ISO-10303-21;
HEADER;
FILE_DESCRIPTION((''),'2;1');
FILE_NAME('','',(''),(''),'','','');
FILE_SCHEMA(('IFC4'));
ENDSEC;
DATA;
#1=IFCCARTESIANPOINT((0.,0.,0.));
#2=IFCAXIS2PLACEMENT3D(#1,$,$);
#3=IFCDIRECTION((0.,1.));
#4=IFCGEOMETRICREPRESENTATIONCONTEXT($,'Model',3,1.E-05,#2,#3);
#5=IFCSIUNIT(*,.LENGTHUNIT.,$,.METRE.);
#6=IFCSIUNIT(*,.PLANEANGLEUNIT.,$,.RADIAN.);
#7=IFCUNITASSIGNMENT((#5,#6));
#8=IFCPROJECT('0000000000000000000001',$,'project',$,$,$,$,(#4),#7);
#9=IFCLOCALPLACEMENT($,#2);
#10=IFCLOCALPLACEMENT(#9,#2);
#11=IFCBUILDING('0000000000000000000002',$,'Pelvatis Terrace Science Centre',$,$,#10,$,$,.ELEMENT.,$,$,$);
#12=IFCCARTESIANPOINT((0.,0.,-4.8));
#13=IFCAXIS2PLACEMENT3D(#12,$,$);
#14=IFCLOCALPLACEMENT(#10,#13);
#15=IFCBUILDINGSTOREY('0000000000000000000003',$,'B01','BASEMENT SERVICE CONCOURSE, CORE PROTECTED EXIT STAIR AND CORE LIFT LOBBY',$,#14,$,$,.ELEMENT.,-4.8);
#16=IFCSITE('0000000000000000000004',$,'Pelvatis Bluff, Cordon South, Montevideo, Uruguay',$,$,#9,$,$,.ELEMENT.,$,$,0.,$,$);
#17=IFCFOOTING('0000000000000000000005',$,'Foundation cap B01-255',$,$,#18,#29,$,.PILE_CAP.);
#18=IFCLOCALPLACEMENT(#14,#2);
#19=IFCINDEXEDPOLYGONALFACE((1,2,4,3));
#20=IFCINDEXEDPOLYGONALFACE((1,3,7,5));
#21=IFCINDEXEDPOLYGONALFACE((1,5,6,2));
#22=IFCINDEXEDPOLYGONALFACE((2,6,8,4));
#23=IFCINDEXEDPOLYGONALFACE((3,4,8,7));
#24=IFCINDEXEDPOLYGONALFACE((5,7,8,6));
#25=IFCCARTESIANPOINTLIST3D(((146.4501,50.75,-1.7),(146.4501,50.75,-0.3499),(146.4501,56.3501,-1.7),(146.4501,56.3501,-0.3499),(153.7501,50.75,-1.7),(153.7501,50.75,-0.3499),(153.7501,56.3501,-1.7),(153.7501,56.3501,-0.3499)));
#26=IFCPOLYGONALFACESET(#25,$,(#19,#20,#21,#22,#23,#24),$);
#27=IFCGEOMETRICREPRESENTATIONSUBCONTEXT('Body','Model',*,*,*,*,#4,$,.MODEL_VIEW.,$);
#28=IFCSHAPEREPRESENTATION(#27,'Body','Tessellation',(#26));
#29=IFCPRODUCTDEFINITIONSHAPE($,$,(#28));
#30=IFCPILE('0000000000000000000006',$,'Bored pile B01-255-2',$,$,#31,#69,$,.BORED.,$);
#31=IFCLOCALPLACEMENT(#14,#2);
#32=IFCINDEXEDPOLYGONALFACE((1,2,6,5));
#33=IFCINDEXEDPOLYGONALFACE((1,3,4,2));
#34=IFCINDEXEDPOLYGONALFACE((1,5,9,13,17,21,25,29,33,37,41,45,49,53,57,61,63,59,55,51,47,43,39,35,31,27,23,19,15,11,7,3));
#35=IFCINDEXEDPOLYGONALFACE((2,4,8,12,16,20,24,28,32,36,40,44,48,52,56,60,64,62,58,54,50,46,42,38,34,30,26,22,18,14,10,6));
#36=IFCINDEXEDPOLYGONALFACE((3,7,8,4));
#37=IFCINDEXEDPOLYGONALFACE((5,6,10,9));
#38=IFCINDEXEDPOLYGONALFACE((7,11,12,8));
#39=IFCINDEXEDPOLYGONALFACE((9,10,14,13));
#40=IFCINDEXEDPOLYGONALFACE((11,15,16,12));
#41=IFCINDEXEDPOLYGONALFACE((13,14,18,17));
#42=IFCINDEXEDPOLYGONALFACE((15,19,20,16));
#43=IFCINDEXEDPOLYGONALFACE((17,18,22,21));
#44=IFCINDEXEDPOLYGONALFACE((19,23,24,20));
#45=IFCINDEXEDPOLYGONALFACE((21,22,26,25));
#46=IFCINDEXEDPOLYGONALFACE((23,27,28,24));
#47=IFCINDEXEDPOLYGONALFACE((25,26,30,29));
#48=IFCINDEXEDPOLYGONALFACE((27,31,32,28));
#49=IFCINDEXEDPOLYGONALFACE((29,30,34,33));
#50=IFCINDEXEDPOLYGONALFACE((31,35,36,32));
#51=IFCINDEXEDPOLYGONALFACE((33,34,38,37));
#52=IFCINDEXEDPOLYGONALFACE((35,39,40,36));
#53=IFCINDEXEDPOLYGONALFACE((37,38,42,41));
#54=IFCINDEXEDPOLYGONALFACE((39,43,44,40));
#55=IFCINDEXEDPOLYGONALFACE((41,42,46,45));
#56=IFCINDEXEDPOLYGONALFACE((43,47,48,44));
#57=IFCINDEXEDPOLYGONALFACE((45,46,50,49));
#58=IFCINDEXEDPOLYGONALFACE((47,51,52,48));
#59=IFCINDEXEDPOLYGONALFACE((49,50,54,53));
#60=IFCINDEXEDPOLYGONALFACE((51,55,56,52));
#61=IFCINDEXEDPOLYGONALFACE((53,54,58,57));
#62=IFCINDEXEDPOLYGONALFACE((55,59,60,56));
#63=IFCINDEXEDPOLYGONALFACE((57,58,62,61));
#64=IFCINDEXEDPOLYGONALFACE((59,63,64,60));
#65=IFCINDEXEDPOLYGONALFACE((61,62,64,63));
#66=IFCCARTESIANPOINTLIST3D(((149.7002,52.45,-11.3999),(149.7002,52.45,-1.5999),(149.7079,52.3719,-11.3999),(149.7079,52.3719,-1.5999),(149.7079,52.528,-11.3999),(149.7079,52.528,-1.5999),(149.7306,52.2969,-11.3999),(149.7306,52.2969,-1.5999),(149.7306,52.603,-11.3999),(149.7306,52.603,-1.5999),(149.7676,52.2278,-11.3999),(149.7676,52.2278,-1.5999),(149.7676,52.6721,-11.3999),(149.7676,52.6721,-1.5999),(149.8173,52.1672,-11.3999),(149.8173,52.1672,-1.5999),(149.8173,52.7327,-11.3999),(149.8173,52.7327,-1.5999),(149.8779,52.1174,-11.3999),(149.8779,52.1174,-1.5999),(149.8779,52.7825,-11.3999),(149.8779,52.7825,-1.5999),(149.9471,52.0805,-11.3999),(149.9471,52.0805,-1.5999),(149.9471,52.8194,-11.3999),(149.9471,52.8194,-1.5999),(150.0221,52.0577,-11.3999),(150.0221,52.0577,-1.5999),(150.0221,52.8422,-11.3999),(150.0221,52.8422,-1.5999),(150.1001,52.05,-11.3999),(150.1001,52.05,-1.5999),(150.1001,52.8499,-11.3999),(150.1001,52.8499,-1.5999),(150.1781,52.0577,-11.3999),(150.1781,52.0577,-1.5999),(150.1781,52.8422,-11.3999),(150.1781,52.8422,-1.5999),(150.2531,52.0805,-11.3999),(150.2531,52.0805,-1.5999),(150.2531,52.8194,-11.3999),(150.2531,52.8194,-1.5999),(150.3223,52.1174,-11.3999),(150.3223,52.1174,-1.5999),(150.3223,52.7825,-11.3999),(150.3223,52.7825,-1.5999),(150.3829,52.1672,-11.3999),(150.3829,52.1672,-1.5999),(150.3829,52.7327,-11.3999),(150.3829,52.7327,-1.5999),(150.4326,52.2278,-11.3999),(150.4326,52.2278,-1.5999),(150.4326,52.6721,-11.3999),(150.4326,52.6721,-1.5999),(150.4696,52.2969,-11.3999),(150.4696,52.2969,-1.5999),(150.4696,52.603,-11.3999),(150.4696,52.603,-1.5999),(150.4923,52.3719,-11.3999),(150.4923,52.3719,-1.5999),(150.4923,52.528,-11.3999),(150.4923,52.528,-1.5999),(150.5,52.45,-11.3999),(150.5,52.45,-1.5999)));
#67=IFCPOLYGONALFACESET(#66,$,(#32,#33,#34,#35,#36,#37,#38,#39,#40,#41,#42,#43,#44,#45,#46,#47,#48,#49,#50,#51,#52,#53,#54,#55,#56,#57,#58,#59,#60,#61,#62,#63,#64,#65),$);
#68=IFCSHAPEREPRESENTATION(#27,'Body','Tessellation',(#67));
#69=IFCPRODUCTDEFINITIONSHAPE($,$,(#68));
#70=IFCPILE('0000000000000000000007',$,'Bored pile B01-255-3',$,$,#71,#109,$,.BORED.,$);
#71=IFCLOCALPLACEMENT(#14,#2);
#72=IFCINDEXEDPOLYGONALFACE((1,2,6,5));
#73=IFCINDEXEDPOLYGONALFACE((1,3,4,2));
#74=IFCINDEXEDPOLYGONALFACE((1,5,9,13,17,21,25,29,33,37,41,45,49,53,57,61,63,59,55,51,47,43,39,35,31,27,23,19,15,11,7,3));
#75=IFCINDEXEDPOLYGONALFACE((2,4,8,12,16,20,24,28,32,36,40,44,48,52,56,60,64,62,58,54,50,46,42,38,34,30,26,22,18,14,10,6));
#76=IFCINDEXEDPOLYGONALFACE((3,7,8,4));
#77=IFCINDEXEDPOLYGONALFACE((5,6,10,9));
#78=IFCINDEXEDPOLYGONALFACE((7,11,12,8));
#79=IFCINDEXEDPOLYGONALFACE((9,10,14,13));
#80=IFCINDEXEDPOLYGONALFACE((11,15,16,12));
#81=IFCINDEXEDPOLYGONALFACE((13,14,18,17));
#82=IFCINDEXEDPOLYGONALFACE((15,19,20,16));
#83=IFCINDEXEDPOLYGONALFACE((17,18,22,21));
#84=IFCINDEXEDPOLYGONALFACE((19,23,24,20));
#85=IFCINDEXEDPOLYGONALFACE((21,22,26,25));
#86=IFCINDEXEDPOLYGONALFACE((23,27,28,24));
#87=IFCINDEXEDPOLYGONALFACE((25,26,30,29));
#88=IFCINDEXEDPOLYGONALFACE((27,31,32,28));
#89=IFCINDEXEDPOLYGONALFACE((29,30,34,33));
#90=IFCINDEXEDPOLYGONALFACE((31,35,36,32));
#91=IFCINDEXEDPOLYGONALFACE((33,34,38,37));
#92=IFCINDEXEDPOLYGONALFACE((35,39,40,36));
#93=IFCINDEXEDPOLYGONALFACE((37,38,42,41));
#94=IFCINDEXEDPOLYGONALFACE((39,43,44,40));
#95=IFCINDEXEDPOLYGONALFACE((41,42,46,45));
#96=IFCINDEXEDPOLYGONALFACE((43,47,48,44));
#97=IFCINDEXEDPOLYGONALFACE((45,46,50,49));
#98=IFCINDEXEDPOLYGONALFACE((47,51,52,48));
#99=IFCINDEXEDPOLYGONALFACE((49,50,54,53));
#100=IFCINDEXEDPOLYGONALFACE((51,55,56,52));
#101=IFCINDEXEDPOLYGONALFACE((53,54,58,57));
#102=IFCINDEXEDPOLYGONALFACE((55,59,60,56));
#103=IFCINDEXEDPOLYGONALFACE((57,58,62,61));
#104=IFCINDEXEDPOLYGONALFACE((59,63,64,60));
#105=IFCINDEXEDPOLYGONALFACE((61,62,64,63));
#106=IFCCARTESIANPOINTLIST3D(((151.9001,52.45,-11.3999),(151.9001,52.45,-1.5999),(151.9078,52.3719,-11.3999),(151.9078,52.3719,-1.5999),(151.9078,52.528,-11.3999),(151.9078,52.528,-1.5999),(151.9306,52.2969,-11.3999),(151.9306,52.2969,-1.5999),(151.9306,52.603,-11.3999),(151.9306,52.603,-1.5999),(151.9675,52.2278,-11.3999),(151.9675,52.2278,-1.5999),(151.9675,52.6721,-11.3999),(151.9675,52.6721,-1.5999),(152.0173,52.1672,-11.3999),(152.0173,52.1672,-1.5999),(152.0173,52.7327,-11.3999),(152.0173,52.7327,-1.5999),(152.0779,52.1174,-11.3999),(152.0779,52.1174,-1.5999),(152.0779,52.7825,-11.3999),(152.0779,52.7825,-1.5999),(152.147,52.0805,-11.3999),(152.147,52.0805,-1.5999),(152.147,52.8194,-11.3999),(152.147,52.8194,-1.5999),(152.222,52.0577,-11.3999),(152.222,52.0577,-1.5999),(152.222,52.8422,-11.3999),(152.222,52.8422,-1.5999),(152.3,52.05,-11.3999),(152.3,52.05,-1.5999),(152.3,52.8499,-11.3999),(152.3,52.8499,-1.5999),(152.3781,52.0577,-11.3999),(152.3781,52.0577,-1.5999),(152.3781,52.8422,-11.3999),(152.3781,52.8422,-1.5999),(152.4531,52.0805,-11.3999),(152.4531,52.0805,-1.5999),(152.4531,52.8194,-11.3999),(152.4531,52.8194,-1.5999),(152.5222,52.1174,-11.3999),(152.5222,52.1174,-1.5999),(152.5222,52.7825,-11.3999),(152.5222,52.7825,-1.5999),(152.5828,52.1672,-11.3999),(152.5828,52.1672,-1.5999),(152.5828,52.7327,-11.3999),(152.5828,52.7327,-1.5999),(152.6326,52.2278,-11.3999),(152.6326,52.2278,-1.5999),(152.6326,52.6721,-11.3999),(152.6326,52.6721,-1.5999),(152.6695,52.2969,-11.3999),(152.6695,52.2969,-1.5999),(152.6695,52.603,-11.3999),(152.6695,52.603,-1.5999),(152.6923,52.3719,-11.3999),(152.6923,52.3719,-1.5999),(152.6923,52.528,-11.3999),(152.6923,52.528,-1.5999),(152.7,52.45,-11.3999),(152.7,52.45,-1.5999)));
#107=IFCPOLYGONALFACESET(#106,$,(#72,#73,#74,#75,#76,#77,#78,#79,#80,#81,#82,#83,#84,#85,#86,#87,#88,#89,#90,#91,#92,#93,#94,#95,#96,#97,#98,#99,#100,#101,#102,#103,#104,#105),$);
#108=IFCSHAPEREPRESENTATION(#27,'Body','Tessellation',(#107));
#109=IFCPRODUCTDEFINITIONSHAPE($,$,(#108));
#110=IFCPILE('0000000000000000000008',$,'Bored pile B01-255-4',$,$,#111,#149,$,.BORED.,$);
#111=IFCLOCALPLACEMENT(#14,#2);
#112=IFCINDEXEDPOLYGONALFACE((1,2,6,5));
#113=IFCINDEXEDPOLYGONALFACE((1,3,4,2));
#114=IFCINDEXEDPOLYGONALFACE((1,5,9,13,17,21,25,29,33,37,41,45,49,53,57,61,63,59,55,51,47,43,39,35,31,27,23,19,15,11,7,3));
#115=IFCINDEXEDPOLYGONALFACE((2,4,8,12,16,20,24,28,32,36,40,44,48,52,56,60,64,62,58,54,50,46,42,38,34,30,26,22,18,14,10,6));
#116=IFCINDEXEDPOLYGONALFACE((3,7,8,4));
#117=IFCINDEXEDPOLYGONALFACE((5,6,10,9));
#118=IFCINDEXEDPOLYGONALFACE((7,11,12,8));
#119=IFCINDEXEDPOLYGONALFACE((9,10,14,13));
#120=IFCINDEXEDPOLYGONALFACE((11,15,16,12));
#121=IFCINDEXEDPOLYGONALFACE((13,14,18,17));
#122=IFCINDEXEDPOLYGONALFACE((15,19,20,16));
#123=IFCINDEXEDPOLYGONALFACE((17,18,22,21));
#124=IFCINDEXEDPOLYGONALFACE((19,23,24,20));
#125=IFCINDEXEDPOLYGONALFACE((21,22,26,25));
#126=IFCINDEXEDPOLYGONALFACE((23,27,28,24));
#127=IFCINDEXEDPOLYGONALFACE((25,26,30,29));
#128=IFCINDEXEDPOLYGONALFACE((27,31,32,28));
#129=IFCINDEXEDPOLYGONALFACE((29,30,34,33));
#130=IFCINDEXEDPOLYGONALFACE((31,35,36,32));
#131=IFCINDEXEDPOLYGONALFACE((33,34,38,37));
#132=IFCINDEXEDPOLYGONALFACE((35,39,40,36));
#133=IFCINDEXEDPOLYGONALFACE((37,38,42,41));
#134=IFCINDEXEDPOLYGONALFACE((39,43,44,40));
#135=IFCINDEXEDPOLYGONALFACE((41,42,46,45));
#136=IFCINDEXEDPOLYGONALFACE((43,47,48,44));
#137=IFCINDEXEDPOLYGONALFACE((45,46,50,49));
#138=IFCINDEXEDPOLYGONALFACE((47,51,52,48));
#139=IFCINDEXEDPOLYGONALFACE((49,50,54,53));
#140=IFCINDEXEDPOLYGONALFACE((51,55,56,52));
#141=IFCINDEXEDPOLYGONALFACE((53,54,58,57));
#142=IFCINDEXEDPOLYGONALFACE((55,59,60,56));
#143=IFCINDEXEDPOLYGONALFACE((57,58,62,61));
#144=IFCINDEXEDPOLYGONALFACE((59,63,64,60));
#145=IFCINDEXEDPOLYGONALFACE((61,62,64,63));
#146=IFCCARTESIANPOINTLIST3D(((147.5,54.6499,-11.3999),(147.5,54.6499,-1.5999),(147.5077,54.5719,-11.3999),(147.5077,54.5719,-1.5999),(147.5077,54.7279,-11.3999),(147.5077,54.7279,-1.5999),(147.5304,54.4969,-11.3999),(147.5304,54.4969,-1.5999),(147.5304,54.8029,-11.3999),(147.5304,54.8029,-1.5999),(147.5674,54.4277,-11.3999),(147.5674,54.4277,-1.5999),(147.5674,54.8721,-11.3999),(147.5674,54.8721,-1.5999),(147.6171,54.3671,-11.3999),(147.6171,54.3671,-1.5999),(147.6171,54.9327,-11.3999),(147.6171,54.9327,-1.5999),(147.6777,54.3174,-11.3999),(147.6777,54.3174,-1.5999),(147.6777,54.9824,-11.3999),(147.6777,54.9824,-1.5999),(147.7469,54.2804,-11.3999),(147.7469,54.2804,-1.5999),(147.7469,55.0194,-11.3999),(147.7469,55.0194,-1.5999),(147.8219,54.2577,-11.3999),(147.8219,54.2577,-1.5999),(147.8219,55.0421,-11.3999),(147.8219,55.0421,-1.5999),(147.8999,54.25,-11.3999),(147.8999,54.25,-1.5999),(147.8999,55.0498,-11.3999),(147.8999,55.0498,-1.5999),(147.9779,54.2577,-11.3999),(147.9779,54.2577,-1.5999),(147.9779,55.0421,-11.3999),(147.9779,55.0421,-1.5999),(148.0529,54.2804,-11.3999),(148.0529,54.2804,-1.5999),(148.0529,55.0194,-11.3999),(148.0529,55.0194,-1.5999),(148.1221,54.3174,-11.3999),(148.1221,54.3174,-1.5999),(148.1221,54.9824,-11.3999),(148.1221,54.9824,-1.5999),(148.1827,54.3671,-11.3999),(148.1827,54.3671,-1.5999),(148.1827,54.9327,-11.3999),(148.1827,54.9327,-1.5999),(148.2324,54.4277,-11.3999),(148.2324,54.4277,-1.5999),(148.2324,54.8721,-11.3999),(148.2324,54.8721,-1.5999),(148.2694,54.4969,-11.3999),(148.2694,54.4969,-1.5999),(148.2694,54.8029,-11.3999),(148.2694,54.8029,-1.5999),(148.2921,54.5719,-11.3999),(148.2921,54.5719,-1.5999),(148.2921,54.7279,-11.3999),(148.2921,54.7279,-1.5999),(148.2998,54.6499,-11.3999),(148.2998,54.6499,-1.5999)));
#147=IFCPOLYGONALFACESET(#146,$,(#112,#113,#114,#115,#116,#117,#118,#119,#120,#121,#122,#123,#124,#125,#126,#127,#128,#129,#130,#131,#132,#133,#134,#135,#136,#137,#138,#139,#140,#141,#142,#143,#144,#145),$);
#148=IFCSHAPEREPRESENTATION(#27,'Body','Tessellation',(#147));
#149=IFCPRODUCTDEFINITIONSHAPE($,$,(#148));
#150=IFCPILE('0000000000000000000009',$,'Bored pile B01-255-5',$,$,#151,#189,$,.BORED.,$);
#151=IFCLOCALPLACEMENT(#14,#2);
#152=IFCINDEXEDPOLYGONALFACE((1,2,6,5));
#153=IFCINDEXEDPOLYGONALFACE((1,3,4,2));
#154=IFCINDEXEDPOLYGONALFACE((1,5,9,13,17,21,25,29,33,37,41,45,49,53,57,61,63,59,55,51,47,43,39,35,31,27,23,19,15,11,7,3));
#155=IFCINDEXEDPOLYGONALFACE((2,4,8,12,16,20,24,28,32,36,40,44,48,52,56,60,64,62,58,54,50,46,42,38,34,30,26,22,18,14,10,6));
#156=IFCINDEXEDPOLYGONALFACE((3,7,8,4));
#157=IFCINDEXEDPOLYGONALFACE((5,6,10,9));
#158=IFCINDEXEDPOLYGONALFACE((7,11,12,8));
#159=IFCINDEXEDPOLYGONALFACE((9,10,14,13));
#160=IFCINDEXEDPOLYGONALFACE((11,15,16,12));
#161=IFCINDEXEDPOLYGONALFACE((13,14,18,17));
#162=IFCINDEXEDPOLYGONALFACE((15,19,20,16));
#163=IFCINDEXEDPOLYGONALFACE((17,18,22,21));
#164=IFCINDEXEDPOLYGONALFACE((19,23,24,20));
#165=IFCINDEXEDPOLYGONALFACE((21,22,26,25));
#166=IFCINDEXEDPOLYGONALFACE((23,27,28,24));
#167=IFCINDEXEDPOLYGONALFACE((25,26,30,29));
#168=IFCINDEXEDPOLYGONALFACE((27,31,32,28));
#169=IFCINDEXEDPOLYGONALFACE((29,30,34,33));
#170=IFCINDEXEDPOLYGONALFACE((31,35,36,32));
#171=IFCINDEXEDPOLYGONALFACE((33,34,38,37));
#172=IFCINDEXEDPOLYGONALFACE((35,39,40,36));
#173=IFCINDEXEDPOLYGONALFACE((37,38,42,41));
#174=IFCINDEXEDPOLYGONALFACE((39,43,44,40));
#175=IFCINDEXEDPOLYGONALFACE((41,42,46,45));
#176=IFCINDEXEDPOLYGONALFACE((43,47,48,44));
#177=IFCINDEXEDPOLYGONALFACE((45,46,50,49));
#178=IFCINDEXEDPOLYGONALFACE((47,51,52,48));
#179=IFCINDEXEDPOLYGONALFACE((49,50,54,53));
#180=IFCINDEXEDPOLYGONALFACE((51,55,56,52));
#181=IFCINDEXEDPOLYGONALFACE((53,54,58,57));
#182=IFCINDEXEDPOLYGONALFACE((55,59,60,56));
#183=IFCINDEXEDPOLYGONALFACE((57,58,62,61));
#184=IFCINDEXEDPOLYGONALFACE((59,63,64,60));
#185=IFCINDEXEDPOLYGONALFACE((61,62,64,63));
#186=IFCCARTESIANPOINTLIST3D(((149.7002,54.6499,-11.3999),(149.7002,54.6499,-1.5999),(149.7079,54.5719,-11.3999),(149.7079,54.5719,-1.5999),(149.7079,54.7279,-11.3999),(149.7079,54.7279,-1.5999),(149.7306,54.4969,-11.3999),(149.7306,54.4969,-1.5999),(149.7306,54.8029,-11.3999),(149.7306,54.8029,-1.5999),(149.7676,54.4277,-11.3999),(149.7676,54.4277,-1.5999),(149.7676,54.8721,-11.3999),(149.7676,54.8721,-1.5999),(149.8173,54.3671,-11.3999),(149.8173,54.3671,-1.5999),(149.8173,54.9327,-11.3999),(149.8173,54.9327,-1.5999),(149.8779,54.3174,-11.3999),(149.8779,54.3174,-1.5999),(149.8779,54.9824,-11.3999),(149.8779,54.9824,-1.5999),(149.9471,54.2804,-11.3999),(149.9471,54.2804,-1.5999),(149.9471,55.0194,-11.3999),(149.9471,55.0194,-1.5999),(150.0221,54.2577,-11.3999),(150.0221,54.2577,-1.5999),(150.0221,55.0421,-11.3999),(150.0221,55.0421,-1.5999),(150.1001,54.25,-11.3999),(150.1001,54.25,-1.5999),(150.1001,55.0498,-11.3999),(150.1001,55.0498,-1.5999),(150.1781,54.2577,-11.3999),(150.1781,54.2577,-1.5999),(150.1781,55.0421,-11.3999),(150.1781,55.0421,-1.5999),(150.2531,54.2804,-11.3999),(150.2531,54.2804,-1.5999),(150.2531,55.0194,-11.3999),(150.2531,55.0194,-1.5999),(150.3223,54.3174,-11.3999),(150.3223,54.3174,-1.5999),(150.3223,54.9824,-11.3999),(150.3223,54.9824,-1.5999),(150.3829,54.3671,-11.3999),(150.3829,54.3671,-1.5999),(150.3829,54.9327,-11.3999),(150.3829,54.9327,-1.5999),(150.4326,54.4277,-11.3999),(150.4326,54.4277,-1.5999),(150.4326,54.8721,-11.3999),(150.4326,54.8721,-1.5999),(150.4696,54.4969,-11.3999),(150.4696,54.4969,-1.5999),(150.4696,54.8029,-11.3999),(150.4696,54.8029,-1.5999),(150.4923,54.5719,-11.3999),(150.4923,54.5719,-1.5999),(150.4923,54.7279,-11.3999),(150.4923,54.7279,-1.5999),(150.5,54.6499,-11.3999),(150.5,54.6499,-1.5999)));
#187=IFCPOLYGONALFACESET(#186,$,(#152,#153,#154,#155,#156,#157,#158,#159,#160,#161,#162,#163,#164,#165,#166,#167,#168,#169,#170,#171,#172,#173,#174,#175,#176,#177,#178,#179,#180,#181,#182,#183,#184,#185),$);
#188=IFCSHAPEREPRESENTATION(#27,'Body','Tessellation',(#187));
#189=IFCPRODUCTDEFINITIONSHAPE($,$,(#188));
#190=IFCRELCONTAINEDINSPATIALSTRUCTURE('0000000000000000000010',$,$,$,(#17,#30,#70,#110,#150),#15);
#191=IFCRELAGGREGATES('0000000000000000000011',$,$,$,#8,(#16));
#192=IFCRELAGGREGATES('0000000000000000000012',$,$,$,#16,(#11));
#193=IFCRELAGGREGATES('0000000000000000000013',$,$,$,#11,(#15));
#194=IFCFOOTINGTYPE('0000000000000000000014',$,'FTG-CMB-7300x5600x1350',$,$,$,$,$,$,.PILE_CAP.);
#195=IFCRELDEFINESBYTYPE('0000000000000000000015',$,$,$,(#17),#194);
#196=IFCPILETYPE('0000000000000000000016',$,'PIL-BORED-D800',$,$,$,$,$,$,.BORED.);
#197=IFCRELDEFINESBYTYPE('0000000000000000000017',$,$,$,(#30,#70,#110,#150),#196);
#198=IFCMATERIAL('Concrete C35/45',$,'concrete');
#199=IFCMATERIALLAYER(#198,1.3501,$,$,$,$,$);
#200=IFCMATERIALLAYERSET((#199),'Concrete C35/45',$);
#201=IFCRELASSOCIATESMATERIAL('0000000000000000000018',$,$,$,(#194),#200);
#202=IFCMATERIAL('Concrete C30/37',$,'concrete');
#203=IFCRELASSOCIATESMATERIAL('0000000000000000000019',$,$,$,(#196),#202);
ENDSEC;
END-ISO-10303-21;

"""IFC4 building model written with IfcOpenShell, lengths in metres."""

from ifc_helpers import new_model, si_unit, direction, frame, origin, origin_2d, place, context, subcontext, project, spatial, rectangle, circle, extrude, material, layer, layer_set, material_profile, profile_set, type_object, element, save


model = new_model("IFC4")

# Units and contexts
model_context = context("Model", 3, precision=1e-05, world=origin(), true_north=direction((0.0, 1.0)))
body_context = subcontext(model_context, "Body", "Model", "MODEL_VIEW")
ifc_project = project(units=[si_unit("LENGTHUNIT", "METRE"), si_unit("PLANEANGLEUNIT", "RADIAN")], contexts=[model_context])

# Site, building, storey
site_placement = place(None, origin())
site = spatial("IfcSite", under=ifc_project, at=site_placement, Name="Pelvatis Bluff, Cordon South, Montevideo, Uruguay", CompositionType="ELEMENT", RefElevation=0.0)
building_placement = place(site_placement, origin())
building = spatial("IfcBuilding", under=site, at=building_placement, Name="Pelvatis Terrace Science Centre", CompositionType="ELEMENT")
storey_placement = place(building_placement, frame((0.0, 0.0, -4.8)))
storey = spatial("IfcBuildingStorey", under=building, at=storey_placement, Name="B01", Description="BASEMENT SERVICE CONCOURSE, CORE PROTECTED EXIT STAIR AND CORE LIFT LOBBY", CompositionType="ELEMENT", Elevation=-4.8)

# Footing
ifc_material_1 = material(Name="Concrete C35/45", Category="concrete")
ifc_layer_1 = layer(ifc_material_1, 1.3501)
ifc_layer_set_1 = layer_set([ifc_layer_1], Name="Concrete C35/45")
footing_type = type_object("IfcFootingType", Name="FTG-CMB-7300x5600x1350", PredefinedType="PILE_CAP", material=ifc_layer_set_1)
footing_placement = place(storey_placement, frame((150.1001, 53.55, -1.7), z_axis=(0.0, 0.0, 1.0), x_axis=(1.0, 0.0, 0.0)))
element("IfcFooting", 1, at=footing_placement, inside=storey, type_object=footing_type, Name="Foundation cap B01-255", PredefinedType="PILE_CAP", context=body_context, shape_type="SweptSolid", body=[
    extrude(rectangle(XDim=7.3, YDim=5.6001, at=origin_2d()), origin(), (0.0, 0.0, 1.0), 1.3501),
])

# Piles
ifc_material_2 = material(Name="Concrete C30/37", Category="concrete")
ifc_material_profile_1 = material_profile(ifc_material_2, circle(Radius=0.3999, at=origin_2d()), Name="PILE D800")
ifc_profile_set_1 = profile_set([ifc_material_profile_1], Name="Concrete C30/37")
pile_type = type_object("IfcPileType", Name="PIL-BORED-D800", PredefinedType="BORED", material=ifc_profile_set_1)
for number, where, z_axis, x_axis, name in (
    (2, (150.1001, 52.45, -1.5999), (0.0, 0.0, -1.0), (1.0, 0.0, 0.0), "Bored pile B01-255-2"),
    (3, (152.3, 52.45, -1.5999), (0.0, 0.0, -1.0), (1.0, 0.0, 0.0), "Bored pile B01-255-3"),
    (4, (147.8999, 54.6499, -1.5999), (0.0, 0.0, -1.0), (1.0, 0.0, 0.0), "Bored pile B01-255-4"),
    (5, (150.1001, 54.6499, -1.5999), (0.0, 0.0, -1.0), (1.0, 0.0, 0.0), "Bored pile B01-255-5"),
):
    element("IfcPile", number, at=place(storey_placement, frame(where, z_axis=z_axis, x_axis=x_axis)), inside=storey, type_object=pile_type, Name=name, PredefinedType="BORED", context=body_context, shape_type="SweptSolid", body=[
        extrude(circle(Radius=0.3999, at=origin_2d()), origin(), (0.0, 0.0, 1.0), 9.8),
    ])

save(model, "model.ifc")
